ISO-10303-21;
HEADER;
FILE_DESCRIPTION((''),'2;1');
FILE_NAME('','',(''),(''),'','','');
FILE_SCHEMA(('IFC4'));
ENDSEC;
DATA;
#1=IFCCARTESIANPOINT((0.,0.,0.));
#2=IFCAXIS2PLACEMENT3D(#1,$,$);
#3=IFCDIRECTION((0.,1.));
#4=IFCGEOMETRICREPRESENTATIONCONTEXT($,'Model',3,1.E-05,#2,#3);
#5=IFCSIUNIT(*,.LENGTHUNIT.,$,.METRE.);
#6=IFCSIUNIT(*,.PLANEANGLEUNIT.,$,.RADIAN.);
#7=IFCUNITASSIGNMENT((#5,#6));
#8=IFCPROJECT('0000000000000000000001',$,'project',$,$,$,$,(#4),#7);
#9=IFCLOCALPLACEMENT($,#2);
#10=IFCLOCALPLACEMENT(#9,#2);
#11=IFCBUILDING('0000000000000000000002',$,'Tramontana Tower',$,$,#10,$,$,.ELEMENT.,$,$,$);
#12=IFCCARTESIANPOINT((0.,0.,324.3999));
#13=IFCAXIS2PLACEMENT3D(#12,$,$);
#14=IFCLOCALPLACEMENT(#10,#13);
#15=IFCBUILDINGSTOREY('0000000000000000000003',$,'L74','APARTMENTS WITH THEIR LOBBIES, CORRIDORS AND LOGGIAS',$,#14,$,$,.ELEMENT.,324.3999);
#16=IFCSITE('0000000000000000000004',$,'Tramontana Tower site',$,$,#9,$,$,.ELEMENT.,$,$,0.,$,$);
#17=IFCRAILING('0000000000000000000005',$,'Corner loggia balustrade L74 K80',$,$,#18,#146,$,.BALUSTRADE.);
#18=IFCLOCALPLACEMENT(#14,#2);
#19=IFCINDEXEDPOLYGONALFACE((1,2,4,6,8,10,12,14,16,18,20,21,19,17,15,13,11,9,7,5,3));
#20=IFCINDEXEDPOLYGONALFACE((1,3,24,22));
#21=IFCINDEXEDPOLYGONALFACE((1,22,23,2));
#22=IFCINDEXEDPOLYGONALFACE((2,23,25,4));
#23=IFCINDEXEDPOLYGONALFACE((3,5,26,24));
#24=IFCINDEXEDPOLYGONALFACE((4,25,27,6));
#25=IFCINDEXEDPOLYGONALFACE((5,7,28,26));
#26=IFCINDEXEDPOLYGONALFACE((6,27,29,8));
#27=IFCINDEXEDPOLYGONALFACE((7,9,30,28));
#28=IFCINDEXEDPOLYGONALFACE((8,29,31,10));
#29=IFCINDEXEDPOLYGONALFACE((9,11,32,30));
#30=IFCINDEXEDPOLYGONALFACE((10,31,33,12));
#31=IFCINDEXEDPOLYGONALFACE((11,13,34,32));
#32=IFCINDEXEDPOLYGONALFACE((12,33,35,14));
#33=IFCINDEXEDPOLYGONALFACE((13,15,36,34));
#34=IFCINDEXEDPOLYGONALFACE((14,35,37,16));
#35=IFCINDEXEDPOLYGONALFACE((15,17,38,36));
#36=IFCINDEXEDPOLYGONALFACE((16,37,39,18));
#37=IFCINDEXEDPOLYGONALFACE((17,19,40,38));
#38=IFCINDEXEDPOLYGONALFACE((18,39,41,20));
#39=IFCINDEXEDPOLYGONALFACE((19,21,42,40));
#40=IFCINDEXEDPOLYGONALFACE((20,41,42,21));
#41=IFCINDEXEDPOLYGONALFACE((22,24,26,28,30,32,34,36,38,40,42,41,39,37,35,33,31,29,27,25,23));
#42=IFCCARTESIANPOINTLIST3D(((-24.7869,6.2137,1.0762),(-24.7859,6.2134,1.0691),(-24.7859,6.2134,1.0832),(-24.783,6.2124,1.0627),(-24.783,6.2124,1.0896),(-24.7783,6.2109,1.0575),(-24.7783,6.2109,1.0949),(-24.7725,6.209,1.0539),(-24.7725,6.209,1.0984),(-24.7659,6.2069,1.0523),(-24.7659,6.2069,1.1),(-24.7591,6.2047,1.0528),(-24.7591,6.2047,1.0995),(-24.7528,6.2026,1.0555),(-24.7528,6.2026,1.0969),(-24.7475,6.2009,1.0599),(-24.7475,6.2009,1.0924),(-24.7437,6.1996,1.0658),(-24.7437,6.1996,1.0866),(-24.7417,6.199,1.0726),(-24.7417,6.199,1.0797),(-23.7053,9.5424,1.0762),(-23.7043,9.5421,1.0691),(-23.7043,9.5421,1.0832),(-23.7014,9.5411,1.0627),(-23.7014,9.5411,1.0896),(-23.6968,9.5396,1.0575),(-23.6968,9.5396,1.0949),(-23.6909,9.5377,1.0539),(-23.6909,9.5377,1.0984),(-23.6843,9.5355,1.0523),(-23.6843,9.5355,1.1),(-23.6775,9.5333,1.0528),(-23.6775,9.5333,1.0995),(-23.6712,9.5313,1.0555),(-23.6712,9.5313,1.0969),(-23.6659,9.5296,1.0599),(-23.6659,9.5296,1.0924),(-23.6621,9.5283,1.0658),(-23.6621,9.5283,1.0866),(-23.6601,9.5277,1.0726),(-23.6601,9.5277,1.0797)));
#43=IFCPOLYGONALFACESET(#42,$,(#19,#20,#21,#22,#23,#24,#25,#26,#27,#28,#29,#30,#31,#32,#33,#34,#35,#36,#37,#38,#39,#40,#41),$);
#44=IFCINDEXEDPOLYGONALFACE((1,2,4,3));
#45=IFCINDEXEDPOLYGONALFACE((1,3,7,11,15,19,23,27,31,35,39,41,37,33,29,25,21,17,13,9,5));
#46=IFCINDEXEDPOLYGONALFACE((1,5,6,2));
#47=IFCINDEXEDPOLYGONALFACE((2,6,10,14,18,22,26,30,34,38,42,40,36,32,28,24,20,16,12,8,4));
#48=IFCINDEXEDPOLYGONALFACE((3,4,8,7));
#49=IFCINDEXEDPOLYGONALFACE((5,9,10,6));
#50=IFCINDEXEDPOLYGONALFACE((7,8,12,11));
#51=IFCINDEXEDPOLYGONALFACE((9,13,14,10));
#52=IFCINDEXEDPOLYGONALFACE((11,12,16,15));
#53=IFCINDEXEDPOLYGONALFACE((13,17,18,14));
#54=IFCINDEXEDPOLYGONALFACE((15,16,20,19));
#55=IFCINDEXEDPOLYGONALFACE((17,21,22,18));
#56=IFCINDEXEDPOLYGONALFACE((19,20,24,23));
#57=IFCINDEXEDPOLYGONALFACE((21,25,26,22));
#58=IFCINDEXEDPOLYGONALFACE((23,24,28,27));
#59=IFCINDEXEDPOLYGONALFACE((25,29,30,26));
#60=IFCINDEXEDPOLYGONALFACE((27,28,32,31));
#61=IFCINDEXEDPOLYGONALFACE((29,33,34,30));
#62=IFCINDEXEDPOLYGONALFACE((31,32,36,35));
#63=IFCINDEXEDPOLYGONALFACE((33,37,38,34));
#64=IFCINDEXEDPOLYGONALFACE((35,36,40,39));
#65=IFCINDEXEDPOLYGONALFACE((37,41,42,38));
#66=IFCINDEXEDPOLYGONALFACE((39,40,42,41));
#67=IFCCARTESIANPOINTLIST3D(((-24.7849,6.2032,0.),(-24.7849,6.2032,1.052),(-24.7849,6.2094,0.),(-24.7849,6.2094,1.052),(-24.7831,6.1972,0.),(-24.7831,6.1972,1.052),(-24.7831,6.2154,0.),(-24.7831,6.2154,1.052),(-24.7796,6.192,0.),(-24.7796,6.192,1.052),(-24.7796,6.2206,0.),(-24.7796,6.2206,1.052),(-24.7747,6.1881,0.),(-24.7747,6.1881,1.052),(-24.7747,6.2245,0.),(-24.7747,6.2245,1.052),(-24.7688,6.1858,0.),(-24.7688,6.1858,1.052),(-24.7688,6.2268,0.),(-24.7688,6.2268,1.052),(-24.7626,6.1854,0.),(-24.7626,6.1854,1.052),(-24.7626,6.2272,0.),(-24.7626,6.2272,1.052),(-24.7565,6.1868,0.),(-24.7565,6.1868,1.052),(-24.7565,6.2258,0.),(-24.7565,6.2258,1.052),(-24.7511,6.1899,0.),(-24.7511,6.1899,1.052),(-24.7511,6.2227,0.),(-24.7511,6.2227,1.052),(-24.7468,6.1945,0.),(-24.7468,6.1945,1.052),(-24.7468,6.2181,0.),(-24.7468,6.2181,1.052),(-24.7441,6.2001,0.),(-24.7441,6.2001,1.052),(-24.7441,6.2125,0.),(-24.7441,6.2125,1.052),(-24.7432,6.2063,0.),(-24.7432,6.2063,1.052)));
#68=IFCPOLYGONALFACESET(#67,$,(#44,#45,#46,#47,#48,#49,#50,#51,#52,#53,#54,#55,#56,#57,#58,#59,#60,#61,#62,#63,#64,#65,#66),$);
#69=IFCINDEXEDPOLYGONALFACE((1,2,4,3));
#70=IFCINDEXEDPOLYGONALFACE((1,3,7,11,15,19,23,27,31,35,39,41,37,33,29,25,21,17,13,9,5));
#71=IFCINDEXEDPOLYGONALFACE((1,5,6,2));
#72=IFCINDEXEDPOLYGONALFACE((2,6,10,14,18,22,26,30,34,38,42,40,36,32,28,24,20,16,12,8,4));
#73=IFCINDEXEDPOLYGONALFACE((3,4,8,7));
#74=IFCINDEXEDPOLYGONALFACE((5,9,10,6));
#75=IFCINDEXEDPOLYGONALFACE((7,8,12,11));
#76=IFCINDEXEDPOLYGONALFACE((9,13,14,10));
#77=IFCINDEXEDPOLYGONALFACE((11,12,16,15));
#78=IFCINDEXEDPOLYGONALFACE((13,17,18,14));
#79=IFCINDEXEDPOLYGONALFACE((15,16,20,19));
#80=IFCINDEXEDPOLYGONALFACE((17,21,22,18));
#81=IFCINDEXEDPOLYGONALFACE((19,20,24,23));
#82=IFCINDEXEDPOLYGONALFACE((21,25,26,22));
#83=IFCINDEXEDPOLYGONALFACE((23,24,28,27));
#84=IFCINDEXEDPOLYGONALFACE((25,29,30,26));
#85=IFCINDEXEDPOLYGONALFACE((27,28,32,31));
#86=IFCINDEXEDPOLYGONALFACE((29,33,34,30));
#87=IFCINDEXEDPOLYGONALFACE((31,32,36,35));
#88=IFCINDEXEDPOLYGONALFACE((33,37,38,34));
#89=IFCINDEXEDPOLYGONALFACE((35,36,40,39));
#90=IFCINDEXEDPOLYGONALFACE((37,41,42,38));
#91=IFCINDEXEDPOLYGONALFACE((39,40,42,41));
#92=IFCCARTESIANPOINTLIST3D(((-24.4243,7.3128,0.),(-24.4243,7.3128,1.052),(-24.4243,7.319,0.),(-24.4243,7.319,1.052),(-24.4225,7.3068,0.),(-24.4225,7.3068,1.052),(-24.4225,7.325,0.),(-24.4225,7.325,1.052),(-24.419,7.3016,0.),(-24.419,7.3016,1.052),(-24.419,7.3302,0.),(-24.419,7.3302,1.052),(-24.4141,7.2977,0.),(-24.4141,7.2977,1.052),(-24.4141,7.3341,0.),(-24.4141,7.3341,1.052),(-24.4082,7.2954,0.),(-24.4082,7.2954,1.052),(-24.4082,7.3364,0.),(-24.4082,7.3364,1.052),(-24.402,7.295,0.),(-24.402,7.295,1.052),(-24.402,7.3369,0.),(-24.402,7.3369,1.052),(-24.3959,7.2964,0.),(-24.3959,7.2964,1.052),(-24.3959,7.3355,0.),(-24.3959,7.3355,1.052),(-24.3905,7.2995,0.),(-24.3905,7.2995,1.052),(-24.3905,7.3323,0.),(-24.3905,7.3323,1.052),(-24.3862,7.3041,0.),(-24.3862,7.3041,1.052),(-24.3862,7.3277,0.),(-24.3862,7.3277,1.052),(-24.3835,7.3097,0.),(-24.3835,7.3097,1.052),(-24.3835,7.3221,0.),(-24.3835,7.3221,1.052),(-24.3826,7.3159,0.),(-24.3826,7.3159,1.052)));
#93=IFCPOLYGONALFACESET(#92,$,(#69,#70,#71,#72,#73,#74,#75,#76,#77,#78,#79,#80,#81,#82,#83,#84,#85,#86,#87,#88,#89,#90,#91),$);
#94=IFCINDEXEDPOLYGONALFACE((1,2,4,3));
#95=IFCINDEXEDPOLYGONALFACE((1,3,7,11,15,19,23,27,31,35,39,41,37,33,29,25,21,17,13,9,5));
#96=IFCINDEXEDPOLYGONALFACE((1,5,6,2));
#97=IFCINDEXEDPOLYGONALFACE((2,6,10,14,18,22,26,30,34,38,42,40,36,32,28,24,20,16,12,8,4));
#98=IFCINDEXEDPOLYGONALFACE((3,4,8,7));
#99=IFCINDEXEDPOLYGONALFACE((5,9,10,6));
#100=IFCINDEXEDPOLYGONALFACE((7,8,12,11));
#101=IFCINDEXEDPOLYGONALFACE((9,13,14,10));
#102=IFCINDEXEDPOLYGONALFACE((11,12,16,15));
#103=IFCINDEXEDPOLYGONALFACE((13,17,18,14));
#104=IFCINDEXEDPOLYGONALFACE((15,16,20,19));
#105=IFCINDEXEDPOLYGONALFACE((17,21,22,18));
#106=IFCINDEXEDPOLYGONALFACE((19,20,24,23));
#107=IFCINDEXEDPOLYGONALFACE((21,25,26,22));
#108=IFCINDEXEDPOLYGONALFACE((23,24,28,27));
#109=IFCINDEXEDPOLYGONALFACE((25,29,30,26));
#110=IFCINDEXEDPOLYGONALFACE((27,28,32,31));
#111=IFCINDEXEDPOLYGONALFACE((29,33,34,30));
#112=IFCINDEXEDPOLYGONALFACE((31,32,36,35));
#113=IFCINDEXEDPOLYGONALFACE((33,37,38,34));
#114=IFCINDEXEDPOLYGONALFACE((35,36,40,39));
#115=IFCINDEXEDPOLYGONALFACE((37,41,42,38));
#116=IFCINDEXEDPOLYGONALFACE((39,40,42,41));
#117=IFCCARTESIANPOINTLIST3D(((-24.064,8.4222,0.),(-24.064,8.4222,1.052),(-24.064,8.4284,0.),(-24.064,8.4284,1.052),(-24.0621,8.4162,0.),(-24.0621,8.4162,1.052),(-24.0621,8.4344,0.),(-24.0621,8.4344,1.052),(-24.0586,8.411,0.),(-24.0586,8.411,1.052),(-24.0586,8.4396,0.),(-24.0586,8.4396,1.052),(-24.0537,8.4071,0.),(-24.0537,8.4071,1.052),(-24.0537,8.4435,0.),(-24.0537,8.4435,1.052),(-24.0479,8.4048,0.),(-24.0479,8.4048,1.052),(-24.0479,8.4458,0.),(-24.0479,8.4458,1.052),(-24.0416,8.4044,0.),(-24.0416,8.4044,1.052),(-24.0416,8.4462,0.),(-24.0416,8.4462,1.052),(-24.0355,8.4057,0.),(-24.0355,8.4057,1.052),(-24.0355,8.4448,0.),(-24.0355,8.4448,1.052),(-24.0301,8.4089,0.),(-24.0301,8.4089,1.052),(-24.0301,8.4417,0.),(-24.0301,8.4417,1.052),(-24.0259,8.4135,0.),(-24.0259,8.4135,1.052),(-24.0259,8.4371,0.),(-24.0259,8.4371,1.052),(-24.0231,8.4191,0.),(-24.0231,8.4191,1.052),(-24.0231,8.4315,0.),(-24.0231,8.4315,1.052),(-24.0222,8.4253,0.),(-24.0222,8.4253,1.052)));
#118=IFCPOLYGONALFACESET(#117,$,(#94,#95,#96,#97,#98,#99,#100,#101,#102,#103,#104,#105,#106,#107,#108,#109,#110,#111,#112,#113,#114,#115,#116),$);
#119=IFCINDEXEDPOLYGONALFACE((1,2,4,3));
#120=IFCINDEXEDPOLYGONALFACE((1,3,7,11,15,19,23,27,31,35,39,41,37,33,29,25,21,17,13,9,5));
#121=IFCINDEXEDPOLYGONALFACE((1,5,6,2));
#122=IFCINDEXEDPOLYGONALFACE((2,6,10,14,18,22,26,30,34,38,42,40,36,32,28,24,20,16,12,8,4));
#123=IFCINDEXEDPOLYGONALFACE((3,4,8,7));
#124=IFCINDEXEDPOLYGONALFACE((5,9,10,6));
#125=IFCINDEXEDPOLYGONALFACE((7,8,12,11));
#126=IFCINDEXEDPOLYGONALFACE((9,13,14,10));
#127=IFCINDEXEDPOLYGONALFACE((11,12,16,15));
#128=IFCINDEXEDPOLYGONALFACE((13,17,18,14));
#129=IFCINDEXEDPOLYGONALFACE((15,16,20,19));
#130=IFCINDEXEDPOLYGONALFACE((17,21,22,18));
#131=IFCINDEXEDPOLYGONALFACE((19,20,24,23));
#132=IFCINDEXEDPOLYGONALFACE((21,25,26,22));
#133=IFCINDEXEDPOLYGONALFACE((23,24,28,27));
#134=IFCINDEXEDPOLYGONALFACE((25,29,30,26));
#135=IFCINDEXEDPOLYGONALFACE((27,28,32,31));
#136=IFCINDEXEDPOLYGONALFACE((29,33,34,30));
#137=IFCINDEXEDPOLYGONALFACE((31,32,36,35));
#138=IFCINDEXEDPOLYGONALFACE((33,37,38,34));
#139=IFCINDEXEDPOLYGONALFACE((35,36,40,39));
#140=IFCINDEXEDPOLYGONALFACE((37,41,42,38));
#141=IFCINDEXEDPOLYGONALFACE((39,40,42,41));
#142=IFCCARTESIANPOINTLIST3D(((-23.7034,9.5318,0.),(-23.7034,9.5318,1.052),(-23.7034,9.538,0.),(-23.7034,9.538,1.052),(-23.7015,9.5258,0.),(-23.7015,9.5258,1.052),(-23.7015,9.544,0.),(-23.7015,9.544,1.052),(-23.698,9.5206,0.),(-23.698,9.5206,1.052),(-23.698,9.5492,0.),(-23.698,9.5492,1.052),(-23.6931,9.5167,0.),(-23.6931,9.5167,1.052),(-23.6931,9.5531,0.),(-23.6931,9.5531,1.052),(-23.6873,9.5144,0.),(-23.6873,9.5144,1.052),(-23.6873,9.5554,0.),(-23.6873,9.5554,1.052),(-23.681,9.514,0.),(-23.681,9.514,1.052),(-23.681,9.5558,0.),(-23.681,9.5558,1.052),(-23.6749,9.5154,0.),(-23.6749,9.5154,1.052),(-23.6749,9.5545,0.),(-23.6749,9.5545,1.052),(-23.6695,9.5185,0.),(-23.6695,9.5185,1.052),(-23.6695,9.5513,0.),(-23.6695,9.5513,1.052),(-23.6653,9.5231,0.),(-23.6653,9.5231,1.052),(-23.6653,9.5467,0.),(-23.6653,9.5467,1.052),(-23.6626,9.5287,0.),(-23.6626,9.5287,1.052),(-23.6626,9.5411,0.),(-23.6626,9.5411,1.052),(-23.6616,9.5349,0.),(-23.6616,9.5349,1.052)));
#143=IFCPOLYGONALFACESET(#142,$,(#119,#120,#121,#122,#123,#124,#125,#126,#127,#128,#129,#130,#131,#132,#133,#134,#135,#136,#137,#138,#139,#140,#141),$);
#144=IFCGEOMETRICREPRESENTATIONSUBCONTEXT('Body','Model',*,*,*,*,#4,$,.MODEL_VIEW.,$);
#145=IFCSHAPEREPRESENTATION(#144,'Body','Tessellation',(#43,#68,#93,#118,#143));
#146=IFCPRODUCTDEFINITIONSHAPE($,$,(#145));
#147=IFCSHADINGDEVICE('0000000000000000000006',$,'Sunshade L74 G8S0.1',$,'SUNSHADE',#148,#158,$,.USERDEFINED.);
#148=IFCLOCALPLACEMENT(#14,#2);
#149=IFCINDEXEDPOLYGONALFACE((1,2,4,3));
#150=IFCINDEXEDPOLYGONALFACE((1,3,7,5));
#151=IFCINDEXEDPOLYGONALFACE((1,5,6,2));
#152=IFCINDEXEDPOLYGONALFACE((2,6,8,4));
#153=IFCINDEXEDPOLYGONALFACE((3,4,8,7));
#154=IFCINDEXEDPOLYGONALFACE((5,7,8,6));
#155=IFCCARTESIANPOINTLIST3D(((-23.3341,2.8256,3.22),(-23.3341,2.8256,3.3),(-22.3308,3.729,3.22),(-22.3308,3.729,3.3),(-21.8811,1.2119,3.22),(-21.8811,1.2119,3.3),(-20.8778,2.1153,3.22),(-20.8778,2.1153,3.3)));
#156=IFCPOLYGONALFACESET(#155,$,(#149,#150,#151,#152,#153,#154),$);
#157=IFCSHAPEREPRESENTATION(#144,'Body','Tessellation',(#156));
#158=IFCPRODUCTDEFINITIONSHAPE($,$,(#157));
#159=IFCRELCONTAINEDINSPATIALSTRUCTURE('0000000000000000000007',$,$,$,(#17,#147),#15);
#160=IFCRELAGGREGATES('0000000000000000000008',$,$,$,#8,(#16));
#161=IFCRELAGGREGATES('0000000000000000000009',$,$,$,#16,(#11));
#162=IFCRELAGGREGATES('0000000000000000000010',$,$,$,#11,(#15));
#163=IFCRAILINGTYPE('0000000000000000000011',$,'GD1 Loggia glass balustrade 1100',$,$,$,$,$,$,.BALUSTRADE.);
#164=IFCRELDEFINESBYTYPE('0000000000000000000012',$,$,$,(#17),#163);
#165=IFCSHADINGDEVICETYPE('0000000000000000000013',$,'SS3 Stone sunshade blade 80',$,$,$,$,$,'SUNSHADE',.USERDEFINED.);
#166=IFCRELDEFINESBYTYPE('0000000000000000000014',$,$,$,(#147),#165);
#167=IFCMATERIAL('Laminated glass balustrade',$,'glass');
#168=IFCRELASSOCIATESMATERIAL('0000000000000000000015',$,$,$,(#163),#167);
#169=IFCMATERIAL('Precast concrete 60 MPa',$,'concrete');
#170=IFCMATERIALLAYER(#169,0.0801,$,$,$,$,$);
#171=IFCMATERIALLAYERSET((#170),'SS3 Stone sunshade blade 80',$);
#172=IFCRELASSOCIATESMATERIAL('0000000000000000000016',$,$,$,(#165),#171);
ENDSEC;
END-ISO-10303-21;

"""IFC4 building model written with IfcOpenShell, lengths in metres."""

from ifc_helpers import new_model, si_unit, direction, frame, origin, origin_2d, place, context, subcontext, project, spatial, rectangle, circle, extrude, material, layer, layer_set, type_object, element, save


model = new_model("IFC4")

# Units and contexts
model_context = context("Model", 3, precision=1e-05, world=origin(), true_north=direction((0.0, 1.0)))
body_context = subcontext(model_context, "Body", "Model", "MODEL_VIEW")
ifc_project = project(units=[si_unit("LENGTHUNIT", "METRE"), si_unit("PLANEANGLEUNIT", "RADIAN")], contexts=[model_context])

# Site, building, storey
site_placement = place(None, origin())
site = spatial("IfcSite", under=ifc_project, at=site_placement, Name="Tramontana Tower site", CompositionType="ELEMENT", RefElevation=0.0)
building_placement = place(site_placement, origin())
building = spatial("IfcBuilding", under=site, at=building_placement, Name="Tramontana Tower", CompositionType="ELEMENT")
storey_placement = place(building_placement, frame((0.0, 0.0, 324.3999)))
storey = spatial("IfcBuildingStorey", under=building, at=storey_placement, Name="L74", Description="APARTMENTS WITH THEIR LOBBIES, CORRIDORS AND LOGGIAS", CompositionType="ELEMENT", Elevation=324.3999)

# Railing
ifc_material_1 = material(Name="Laminated glass balustrade", Category="glass")
railing_type = type_object("IfcRailingType", Name="GD1 Loggia glass balustrade 1100", PredefinedType="BALUSTRADE", material=ifc_material_1)
railing_1_placement = place(storey_placement, frame((-24.7642, 6.2063, 0.0)))
element("IfcRailing", 1, at=railing_1_placement, inside=storey, type_object=railing_type, Name="Corner loggia balustrade L74 K80", PredefinedType="BALUSTRADE", context=body_context, shape_type="SweptSolid", body=[
    extrude(circle(Radius=0.0239, at=origin_2d()), frame((0.0, 0.0, 1.0762), z_axis=(0.30902, 0.951056, 0.0), x_axis=(-0.951056, 0.30902, 0.0)), (0.0, 0.0, 1.0), 3.5),
    extrude(circle(Radius=0.021, at=origin_2d()), origin(), (0.0, 0.0, 1.0), 1.052),
    extrude(circle(Radius=0.021, at=origin_2d()), frame((0.3606, 1.1096, 0.0)), (0.0, 0.0, 1.0), 1.052),
    extrude(circle(Radius=0.021, at=origin_2d()), frame((0.7209, 2.219, 0.0)), (0.0, 0.0, 1.0), 1.052),
    extrude(circle(Radius=0.021, at=origin_2d()), frame((1.0815, 3.3286, 0.0)), (0.0, 0.0, 1.0), 1.052),
])

# Shading device
ifc_material_2 = material(Name="Precast concrete 60 MPa", Category="concrete")
ifc_layer_1 = layer(ifc_material_2, 0.0801)
ifc_layer_set_1 = layer_set([ifc_layer_1], Name="SS3 Stone sunshade blade 80")
shading_device_type = type_object("IfcShadingDeviceType", Name="SS3 Stone sunshade blade 80", ElementType="SUNSHADE", PredefinedType="USERDEFINED", material=ifc_layer_set_1)
shading_device_placement = place(storey_placement, frame((-22.106, 2.4705, 3.22), z_axis=(0.0, 0.0, 1.0), x_axis=(0.669131, -0.743145, 0.0)))
element("IfcShadingDevice", 2, at=shading_device_placement, inside=storey, type_object=shading_device_type, Name="Sunshade L74 G8S0.1", ObjectType="SUNSHADE", PredefinedType="USERDEFINED", context=body_context, shape_type="SweptSolid", body=[
    extrude(rectangle(XDim=2.1714, YDim=1.3501, at=origin_2d()), origin(), (0.0, 0.0, 1.0), 0.0801),
])

save(model, "model.ifc")
